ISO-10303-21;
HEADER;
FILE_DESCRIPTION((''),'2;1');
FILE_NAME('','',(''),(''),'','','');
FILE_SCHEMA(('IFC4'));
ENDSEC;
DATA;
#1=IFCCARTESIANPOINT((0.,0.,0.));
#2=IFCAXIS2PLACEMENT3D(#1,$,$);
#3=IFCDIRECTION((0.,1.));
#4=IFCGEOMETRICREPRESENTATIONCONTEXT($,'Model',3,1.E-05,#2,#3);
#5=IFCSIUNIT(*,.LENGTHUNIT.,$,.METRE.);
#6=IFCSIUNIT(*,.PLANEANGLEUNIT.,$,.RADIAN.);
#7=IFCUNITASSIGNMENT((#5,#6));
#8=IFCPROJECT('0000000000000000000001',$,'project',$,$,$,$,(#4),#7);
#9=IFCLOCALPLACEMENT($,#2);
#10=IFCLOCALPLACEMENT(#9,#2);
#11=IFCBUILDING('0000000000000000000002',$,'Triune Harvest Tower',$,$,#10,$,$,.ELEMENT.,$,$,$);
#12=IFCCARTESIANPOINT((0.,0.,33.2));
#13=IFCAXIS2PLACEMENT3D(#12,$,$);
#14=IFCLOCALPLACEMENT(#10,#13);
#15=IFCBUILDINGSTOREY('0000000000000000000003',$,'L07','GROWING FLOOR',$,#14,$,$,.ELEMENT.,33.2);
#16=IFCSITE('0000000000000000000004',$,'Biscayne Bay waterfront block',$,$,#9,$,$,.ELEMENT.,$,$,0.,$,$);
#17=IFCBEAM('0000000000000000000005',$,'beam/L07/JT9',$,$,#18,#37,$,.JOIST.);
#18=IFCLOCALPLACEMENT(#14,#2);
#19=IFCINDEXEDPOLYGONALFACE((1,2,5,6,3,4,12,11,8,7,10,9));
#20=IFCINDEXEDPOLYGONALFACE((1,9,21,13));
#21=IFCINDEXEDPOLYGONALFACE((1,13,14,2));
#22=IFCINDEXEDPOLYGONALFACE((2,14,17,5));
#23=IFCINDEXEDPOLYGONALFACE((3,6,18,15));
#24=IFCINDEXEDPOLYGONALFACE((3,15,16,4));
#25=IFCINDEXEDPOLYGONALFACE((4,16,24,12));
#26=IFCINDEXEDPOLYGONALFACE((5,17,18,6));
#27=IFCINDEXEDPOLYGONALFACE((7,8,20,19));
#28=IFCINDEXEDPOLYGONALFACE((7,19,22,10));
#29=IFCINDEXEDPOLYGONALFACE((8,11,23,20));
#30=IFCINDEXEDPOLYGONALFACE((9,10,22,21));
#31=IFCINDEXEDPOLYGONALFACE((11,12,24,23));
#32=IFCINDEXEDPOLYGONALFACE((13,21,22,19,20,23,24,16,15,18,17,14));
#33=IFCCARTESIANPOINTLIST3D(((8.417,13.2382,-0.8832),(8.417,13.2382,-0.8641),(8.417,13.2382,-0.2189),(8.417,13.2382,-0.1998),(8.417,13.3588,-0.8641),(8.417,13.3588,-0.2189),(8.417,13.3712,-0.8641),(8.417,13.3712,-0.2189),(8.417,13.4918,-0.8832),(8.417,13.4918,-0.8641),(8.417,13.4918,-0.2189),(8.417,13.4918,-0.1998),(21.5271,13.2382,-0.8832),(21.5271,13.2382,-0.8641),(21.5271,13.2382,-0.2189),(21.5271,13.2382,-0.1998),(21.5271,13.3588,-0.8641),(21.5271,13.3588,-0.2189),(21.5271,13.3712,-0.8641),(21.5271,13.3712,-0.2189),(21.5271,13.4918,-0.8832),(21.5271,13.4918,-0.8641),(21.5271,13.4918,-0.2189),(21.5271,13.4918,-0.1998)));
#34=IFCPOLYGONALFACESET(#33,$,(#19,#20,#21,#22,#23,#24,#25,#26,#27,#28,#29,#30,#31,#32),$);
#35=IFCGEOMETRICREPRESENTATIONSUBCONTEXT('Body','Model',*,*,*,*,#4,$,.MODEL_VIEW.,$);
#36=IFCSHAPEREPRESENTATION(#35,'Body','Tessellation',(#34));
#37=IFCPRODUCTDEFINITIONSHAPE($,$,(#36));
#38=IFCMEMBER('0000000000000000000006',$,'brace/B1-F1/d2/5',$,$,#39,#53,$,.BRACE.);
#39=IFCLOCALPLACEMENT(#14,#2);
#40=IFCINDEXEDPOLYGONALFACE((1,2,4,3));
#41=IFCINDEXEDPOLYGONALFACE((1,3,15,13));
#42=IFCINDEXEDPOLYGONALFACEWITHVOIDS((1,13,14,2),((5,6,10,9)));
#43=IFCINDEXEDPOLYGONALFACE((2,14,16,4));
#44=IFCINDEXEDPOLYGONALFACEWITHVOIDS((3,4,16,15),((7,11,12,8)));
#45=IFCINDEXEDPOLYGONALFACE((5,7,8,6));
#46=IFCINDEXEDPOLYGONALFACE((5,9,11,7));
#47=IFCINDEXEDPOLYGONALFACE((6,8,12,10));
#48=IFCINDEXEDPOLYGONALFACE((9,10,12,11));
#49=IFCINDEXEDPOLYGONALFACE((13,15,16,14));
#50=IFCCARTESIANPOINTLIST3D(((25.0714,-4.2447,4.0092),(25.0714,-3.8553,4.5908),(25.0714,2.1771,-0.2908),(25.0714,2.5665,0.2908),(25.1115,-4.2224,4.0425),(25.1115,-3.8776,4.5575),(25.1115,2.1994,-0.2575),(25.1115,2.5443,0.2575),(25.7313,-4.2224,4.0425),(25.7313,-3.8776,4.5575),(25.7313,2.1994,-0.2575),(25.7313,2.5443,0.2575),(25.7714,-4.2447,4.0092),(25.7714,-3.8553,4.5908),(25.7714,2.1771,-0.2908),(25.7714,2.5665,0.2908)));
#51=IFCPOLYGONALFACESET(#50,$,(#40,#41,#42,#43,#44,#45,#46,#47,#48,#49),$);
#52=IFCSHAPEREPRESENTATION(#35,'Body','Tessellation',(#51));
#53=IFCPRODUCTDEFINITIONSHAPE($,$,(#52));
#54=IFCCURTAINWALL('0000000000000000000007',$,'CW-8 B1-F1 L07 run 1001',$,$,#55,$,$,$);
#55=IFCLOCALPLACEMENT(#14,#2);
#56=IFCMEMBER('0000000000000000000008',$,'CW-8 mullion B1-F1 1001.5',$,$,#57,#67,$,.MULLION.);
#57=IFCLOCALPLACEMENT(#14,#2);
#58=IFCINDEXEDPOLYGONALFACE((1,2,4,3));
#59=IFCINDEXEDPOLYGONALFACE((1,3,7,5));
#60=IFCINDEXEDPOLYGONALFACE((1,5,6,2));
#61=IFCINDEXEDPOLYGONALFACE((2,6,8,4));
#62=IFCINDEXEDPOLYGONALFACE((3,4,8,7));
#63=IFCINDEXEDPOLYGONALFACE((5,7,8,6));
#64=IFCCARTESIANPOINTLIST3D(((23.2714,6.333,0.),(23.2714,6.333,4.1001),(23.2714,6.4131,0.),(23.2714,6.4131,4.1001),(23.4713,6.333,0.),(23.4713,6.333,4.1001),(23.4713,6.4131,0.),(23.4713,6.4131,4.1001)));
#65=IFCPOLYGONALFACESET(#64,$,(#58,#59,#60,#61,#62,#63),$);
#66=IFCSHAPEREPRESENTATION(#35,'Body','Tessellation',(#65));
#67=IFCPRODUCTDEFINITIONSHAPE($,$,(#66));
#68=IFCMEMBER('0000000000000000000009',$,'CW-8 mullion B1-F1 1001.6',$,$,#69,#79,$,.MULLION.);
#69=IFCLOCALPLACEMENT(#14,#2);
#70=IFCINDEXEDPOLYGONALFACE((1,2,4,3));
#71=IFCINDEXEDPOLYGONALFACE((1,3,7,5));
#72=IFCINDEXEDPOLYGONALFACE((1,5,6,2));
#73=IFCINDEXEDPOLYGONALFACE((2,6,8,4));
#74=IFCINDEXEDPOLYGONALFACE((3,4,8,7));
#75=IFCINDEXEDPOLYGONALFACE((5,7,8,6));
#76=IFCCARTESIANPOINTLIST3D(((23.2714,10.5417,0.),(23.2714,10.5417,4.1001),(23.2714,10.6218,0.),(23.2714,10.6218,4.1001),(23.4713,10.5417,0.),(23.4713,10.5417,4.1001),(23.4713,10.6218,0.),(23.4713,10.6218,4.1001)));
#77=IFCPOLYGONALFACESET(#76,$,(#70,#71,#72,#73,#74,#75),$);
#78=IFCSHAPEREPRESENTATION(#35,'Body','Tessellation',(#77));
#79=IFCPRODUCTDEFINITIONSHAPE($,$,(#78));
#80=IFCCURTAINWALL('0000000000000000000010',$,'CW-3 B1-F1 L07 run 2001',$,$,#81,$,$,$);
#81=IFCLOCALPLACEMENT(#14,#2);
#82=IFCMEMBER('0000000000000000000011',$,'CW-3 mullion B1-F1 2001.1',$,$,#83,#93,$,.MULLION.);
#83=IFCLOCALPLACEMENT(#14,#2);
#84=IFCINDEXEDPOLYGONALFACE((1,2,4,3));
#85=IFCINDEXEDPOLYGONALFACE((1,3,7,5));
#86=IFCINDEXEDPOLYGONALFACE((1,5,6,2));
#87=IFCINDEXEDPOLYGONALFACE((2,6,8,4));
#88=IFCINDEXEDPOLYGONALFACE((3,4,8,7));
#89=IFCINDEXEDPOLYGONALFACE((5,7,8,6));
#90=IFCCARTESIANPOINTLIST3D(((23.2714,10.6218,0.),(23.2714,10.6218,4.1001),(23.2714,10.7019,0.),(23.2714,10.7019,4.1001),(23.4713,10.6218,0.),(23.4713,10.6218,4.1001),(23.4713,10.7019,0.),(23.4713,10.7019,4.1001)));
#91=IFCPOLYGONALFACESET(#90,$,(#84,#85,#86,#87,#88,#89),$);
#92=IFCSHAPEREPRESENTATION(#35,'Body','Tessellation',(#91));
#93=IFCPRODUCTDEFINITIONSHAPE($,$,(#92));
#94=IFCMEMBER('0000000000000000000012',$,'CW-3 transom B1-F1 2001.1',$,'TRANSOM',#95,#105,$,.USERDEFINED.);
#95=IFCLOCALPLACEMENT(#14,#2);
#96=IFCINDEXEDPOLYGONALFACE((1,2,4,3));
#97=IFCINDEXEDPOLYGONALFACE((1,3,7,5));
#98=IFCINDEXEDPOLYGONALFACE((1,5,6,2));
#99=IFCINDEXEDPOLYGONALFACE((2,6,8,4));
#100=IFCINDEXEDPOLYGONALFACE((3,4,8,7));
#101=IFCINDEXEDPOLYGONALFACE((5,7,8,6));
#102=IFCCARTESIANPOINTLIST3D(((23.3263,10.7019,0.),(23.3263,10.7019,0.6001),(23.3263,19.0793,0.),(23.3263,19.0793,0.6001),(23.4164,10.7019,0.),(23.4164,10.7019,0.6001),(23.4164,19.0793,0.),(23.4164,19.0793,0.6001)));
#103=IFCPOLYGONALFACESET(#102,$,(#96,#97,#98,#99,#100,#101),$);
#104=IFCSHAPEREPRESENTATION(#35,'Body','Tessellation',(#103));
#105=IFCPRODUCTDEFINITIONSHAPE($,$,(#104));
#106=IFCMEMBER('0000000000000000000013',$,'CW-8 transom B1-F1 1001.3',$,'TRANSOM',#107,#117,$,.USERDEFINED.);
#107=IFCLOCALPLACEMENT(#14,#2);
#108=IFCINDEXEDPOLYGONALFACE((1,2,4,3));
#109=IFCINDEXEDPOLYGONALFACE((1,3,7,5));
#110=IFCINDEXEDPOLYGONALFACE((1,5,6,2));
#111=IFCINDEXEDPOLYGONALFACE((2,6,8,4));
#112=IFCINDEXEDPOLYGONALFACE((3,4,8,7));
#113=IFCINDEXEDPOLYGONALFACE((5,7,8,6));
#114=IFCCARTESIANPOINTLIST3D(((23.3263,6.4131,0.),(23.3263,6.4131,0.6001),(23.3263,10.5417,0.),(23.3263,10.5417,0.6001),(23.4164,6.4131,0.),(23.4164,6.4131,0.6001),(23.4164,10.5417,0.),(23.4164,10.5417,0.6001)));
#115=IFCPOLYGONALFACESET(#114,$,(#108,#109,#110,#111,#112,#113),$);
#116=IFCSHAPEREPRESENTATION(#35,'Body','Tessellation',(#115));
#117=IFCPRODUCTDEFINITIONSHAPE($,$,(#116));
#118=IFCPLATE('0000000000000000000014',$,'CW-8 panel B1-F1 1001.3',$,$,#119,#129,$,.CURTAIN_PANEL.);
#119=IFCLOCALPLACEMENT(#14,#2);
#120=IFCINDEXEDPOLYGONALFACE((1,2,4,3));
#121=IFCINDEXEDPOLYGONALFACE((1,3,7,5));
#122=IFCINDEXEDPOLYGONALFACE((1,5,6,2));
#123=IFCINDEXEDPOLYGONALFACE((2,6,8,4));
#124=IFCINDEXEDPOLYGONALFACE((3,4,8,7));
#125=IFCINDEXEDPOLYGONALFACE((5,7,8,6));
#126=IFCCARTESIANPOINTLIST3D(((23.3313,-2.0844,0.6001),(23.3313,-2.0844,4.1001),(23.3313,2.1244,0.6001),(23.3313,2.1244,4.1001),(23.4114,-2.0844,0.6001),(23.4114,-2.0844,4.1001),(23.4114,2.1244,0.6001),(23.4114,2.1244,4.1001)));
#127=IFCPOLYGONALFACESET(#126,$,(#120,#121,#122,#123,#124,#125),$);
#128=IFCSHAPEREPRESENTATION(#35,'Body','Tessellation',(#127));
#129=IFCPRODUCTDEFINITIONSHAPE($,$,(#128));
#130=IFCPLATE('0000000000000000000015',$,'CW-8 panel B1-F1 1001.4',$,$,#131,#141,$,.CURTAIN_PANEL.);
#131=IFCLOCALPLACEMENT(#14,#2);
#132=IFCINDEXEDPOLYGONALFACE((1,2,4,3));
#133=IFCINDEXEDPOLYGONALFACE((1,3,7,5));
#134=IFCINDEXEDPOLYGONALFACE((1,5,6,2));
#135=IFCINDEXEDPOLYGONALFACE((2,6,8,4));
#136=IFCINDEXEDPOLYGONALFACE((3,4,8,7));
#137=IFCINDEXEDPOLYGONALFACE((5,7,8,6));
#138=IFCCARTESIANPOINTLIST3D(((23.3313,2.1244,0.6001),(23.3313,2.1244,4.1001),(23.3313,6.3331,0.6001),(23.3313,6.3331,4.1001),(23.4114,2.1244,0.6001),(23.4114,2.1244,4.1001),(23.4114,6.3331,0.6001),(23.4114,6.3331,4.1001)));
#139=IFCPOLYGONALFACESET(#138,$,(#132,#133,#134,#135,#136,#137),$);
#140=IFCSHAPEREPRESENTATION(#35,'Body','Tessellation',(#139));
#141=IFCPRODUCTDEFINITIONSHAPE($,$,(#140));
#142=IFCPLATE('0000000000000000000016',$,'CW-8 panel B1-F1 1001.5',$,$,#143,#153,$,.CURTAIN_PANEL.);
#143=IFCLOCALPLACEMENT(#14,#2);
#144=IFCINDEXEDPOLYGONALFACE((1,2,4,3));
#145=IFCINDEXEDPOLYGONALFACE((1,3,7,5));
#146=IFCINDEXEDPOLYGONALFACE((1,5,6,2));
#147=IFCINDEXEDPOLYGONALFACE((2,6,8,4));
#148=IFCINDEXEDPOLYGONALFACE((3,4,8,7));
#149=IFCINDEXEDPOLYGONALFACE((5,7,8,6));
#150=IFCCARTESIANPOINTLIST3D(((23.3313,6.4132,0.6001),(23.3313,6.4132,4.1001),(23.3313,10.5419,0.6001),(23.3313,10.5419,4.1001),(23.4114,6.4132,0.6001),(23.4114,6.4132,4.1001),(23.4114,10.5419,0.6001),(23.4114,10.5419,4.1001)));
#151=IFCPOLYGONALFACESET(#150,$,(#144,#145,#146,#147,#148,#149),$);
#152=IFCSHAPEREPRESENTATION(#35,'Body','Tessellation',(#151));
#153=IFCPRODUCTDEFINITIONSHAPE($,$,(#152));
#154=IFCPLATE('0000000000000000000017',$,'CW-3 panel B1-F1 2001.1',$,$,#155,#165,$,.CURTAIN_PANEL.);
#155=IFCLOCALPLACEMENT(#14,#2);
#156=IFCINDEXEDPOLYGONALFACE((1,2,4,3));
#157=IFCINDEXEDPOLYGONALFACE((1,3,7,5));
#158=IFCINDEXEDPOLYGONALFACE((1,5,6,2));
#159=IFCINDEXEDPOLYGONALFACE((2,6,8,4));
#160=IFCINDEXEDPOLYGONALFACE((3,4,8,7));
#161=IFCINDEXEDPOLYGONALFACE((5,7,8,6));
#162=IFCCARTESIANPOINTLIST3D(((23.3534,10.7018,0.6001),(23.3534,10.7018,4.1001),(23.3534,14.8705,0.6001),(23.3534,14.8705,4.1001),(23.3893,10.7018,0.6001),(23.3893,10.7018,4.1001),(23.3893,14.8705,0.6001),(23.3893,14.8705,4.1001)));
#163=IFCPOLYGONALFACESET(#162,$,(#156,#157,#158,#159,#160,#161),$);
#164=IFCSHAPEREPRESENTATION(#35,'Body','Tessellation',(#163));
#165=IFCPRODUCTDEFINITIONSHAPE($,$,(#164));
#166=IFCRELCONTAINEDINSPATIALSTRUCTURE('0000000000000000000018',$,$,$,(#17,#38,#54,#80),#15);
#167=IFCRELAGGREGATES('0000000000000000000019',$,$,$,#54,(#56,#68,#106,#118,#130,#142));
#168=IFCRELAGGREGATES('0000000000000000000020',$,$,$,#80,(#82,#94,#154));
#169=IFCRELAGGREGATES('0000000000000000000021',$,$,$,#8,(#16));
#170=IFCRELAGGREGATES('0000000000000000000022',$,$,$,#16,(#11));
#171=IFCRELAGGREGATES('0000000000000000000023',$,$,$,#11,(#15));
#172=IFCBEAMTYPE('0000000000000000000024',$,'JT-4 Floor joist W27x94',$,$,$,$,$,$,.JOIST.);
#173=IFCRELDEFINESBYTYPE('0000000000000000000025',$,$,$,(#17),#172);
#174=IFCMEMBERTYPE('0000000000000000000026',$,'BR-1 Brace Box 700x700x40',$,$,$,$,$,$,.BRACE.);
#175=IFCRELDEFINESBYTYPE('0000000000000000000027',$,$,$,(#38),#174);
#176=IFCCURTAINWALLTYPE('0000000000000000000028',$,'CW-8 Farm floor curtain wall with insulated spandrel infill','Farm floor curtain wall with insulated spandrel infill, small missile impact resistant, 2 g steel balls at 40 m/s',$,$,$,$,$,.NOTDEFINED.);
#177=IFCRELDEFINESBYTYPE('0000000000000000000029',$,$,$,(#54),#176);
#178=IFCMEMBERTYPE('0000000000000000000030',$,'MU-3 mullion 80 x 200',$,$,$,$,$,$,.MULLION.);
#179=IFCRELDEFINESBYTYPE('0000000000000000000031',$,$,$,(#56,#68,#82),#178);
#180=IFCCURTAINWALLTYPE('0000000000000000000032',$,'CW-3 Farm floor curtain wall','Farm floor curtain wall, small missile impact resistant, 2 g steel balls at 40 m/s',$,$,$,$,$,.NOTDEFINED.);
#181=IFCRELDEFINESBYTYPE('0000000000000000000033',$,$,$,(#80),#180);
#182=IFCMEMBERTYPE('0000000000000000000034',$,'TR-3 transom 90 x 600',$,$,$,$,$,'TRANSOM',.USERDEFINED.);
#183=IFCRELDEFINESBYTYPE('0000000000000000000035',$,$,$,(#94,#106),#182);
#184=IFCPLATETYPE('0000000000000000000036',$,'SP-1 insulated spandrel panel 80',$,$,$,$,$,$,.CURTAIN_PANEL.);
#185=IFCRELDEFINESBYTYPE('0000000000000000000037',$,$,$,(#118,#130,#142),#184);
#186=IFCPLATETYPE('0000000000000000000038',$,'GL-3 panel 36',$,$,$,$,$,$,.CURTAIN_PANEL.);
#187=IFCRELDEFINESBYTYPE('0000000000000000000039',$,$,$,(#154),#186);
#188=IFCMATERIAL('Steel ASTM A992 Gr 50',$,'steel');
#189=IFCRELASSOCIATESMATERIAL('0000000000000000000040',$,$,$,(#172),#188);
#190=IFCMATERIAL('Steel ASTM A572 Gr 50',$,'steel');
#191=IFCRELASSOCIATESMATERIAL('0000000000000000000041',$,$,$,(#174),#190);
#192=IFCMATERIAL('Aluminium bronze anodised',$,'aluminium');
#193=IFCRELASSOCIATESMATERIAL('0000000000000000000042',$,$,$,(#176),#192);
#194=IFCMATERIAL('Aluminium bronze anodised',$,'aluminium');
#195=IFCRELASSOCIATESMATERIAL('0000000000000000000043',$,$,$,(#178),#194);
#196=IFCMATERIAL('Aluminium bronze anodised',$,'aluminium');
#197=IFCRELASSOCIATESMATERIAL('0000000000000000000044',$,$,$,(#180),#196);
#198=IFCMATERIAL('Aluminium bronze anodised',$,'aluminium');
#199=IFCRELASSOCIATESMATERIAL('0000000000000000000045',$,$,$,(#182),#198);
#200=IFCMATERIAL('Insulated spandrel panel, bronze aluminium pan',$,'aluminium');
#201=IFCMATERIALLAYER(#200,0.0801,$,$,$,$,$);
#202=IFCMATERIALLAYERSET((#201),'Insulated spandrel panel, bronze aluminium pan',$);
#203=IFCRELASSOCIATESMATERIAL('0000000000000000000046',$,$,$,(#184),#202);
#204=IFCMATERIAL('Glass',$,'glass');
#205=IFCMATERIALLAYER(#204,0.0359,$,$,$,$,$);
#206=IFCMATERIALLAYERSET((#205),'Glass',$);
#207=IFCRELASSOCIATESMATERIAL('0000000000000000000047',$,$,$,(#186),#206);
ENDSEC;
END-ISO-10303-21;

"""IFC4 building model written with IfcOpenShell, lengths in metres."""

from ifc_helpers import new_model, si_unit, direction, frame, origin, origin_2d, place, context, subcontext, project, spatial, rectangle, hollow_rectangle, i_section, extrude, source, transform, mapped, material, layer, layer_set, material_profile, profile_set, type_object, element, aggregate, save


model = new_model("IFC4")

# Units and contexts
model_context = context("Model", 3, precision=1e-05, world=origin(), true_north=direction((0.0, 1.0)))
body_context = subcontext(model_context, "Body", "Model", "MODEL_VIEW")
ifc_project = project(units=[si_unit("LENGTHUNIT", "METRE"), si_unit("PLANEANGLEUNIT", "RADIAN")], contexts=[model_context])

# Site, building, storey
site_placement = place(None, origin())
site = spatial("IfcSite", under=ifc_project, at=site_placement, Name="Biscayne Bay waterfront block", CompositionType="ELEMENT", RefElevation=0.0)
building_placement = place(site_placement, origin())
building = spatial("IfcBuilding", under=site, at=building_placement, Name="Triune Harvest Tower", CompositionType="ELEMENT")
storey_placement = place(building_placement, frame((0.0, 0.0, 33.2)))
storey = spatial("IfcBuildingStorey", under=building, at=storey_placement, Name="L07", Description="GROWING FLOOR", CompositionType="ELEMENT", Elevation=33.2)

# Beam
ifc_material_1 = material(Name="Steel ASTM A992 Gr 50", Category="steel")
ifc_material_profile_1 = material_profile(ifc_material_1, i_section(OverallWidth=0.2537, OverallDepth=0.6833, WebThickness=0.0125, FlangeThickness=0.019, at=origin_2d()), Name="W27x94")
ifc_profile_set_1 = profile_set([ifc_material_profile_1], Name="Steel ASTM A992 Gr 50")
beam_type_1 = type_object("IfcBeamType", Name="JT-4 Floor joist W27x94", PredefinedType="JOIST", material=ifc_profile_set_1)
shared_shape_1 = source(origin(), body_context, "Body", "SweptSolid", [
    extrude(i_section(OverallWidth=0.2537, OverallDepth=0.6833, WebThickness=0.0125, FlangeThickness=0.019, at=origin_2d()), origin(), (0.0, 0.0, 1.0), 13.1101),
])
beam_1_placement = place(storey_placement, frame((21.5271, 13.365, -0.5415), z_axis=(-1.0, 0.0, 0.0), x_axis=(0.0, -1.0, 0.0)))
element("IfcBeam", 1, at=beam_1_placement, inside=storey, type_object=beam_type_1, Name="beam/L07/JT9", PredefinedType="JOIST", context=body_context, shape_type="MappedRepresentation", body=[
    mapped(shared_shape_1, transform((0.0, 0.0, 0.0), scale=1.0)),
])

# Member
ifc_material_2 = material(Name="Steel ASTM A572 Gr 50", Category="steel")
ifc_material_profile_2 = material_profile(ifc_material_2, hollow_rectangle(XDim=0.7, YDim=0.7, WallThickness=0.04, at=origin_2d()), Name="Box 700x700x40")
ifc_profile_set_2 = profile_set([ifc_material_profile_2], Name="Steel ASTM A572 Gr 50")
member_type_1 = type_object("IfcMemberType", Name="BR-1 Brace Box 700x700x40", PredefinedType="BRACE", material=ifc_profile_set_2)
shared_shape_2 = source(origin(), body_context, "Body", "SweptSolid", [
    extrude(hollow_rectangle(XDim=0.7, YDim=0.7, WallThickness=0.04, at=origin_2d()), origin(), (0.0, 0.0, 1.0), 7.7285),
])
member_1_placement = place(storey_placement, frame((25.4214, 2.3718, 0.0), z_axis=(0.0, -0.830926, 0.556383), x_axis=(1.0, 0.0, 0.0)))
element("IfcMember", 2, at=member_1_placement, inside=storey, type_object=member_type_1, Name="brace/B1-F1/d2/5", PredefinedType="BRACE", context=body_context, shape_type="MappedRepresentation", body=[
    mapped(shared_shape_2, transform((0.0, 0.0, 0.0), scale=1.0)),
])

# Curtain walls, members
ifc_material_3 = material(Name="Aluminium bronze anodised", Category="aluminium")
curtain_wall_type_1 = type_object("IfcCurtainWallType", Name="CW-8 Farm floor curtain wall with insulated spandrel infill", Description="Farm floor curtain wall with insulated spandrel infill, small missile impact resistant, 2 g steel balls at 40 m/s", PredefinedType="NOTDEFINED", material=ifc_material_3)
curtain_wall_1_placement = place(storey_placement, origin())
curtain_wall_1 = element("IfcCurtainWall", 3, at=curtain_wall_1_placement, inside=storey, type_object=curtain_wall_type_1, Name="CW-8 B1-F1 L07 run 1001")
ifc_material_4 = material(Name="Aluminium bronze anodised", Category="aluminium")
ifc_material_profile_3 = material_profile(ifc_material_4, rectangle(XDim=0.2, YDim=0.0801, at=origin_2d()), Name="MU-3 mullion 80 x 200")
ifc_profile_set_3 = profile_set([ifc_material_profile_3], Name="Aluminium bronze anodised")
member_type_2 = type_object("IfcMemberType", Name="MU-3 mullion 80 x 200", PredefinedType="MULLION", material=ifc_profile_set_3)
shared_shape_3 = source(origin(), body_context, "Body", "SweptSolid", [
    extrude(rectangle(XDim=0.2, YDim=0.0801, at=origin_2d()), origin(), (0.0, 0.0, 1.0), 4.1001),
])
member_2_placement = place(storey_placement, frame((23.3713, 6.373, 0.0), z_axis=(0.0, 0.0, 1.0), x_axis=(-1.0, 0.0, 0.0)))
member_2 = element("IfcMember", 4, at=member_2_placement, type_object=member_type_2, Name="CW-8 mullion B1-F1 1001.5", PredefinedType="MULLION", context=body_context, shape_type="MappedRepresentation", body=[
    mapped(shared_shape_3, transform((0.0, 0.0, 0.0), scale=1.0)),
])
member_3_placement = place(storey_placement, frame((23.3713, 10.5818, 0.0), z_axis=(0.0, 0.0, 1.0), x_axis=(-1.0, 0.0, 0.0)))
member_3 = element("IfcMember", 5, at=member_3_placement, type_object=member_type_2, Name="CW-8 mullion B1-F1 1001.6", PredefinedType="MULLION", context=body_context, shape_type="MappedRepresentation", body=[
    mapped(shared_shape_3, transform((0.0, 0.0, 0.0), scale=1.0)),
])
ifc_material_5 = material(Name="Aluminium bronze anodised", Category="aluminium")
curtain_wall_type_2 = type_object("IfcCurtainWallType", Name="CW-3 Farm floor curtain wall", Description="Farm floor curtain wall, small missile impact resistant, 2 g steel balls at 40 m/s", PredefinedType="NOTDEFINED", material=ifc_material_5)
curtain_wall_2_placement = place(storey_placement, origin())
curtain_wall_2 = element("IfcCurtainWall", 6, at=curtain_wall_2_placement, inside=storey, type_object=curtain_wall_type_2, Name="CW-3 B1-F1 L07 run 2001")
member_4_placement = place(storey_placement, frame((23.3713, 10.6619, 0.0), z_axis=(0.0, 0.0, 1.0), x_axis=(-1.0, 0.0, 0.0)))
member_4 = element("IfcMember", 7, at=member_4_placement, type_object=member_type_2, Name="CW-3 mullion B1-F1 2001.1", PredefinedType="MULLION", context=body_context, shape_type="MappedRepresentation", body=[
    mapped(shared_shape_3, transform((0.0, 0.0, 0.0), scale=1.0)),
])
ifc_material_6 = material(Name="Aluminium bronze anodised", Category="aluminium")
ifc_material_profile_4 = material_profile(ifc_material_6, rectangle(XDim=0.0901, YDim=0.6001, at=origin_2d()), Name="TR-3 transom 90 x 600")
ifc_profile_set_4 = profile_set([ifc_material_profile_4], Name="Aluminium bronze anodised")
member_type_3 = type_object("IfcMemberType", Name="TR-3 transom 90 x 600", ElementType="TRANSOM", PredefinedType="USERDEFINED", material=ifc_profile_set_4)
shared_shape_4 = source(origin(), body_context, "Body", "SweptSolid", [
    extrude(rectangle(XDim=0.0901, YDim=0.6001, at=origin_2d()), origin(), (0.0, 0.0, 1.0), 8.3774),
])
member_5_placement = place(storey_placement, frame((23.3713, 10.7019, 0.3), z_axis=(0.0, 1.0, 0.0), x_axis=(-1.0, 0.0, 0.0)))
member_5 = element("IfcMember", 8, at=member_5_placement, type_object=member_type_3, Name="CW-3 transom B1-F1 2001.1", ObjectType="TRANSOM", PredefinedType="USERDEFINED", context=body_context, shape_type="MappedRepresentation", body=[
    mapped(shared_shape_4, transform((0.0, 0.0, 0.0), scale=1.0)),
])

# Member
shared_shape_5 = source(origin(), body_context, "Body", "SweptSolid", [
    extrude(rectangle(XDim=0.0901, YDim=0.6001, at=origin_2d()), origin(), (0.0, 0.0, 1.0), 4.1287),
])
member_6_placement = place(storey_placement, frame((23.3713, 6.4131, 0.3), z_axis=(0.0, 1.0, 0.0), x_axis=(-1.0, 0.0, 0.0)))
member_6 = element("IfcMember", 9, at=member_6_placement, type_object=member_type_3, Name="CW-8 transom B1-F1 1001.3", ObjectType="TRANSOM", PredefinedType="USERDEFINED", context=body_context, shape_type="MappedRepresentation", body=[
    mapped(shared_shape_5, transform((0.0, 0.0, 0.0), scale=1.0)),
])

# Plates
ifc_material_7 = material(Name="Insulated spandrel panel, bronze aluminium pan", Category="aluminium")
ifc_layer_1 = layer(ifc_material_7, 0.0801)
ifc_layer_set_1 = layer_set([ifc_layer_1], Name="Insulated spandrel panel, bronze aluminium pan")
plate_type_1 = type_object("IfcPlateType", Name="SP-1 insulated spandrel panel 80", PredefinedType="CURTAIN_PANEL", material=ifc_layer_set_1)
shared_shape_6 = source(origin(), body_context, "Body", "SweptSolid", [
    extrude(rectangle(XDim=4.2087, YDim=0.0801, at=origin_2d()), origin(), (0.0, 0.0, 1.0), 3.5),
])
plate_1_placement = place(storey_placement, frame((23.3713, 0.02, 0.6001), z_axis=(0.0, 0.0, 1.0), x_axis=(0.0, 1.0, 0.0)))
plate_1 = element("IfcPlate", 10, at=plate_1_placement, type_object=plate_type_1, Name="CW-8 panel B1-F1 1001.3", PredefinedType="CURTAIN_PANEL", context=body_context, shape_type="MappedRepresentation", body=[
    mapped(shared_shape_6, transform((0.0, 0.0, 0.0), scale=1.0)),
])
plate_2_placement = place(storey_placement, frame((23.3713, 4.2288, 0.6001), z_axis=(0.0, 0.0, 1.0), x_axis=(0.0, 1.0, 0.0)))
plate_2 = element("IfcPlate", 11, at=plate_2_placement, type_object=plate_type_1, Name="CW-8 panel B1-F1 1001.4", PredefinedType="CURTAIN_PANEL", context=body_context, shape_type="MappedRepresentation", body=[
    mapped(shared_shape_6, transform((0.0, 0.0, 0.0), scale=1.0)),
])
shared_shape_7 = source(origin(), body_context, "Body", "SweptSolid", [
    extrude(rectangle(XDim=4.1287, YDim=0.0801, at=origin_2d()), origin(), (0.0, 0.0, 1.0), 3.5),
])
plate_3_placement = place(storey_placement, frame((23.3713, 8.4775, 0.6001), z_axis=(0.0, 0.0, 1.0), x_axis=(0.0, 1.0, 0.0)))
plate_3 = element("IfcPlate", 12, at=plate_3_placement, type_object=plate_type_1, Name="CW-8 panel B1-F1 1001.5", PredefinedType="CURTAIN_PANEL", context=body_context, shape_type="MappedRepresentation", body=[
    mapped(shared_shape_7, transform((0.0, 0.0, 0.0), scale=1.0)),
])
aggregate(curtain_wall_1, [member_2, member_3, member_6, plate_1, plate_2, plate_3])
ifc_material_8 = material(Name="Glass", Category="glass")
ifc_layer_2 = layer(ifc_material_8, 0.0359)
ifc_layer_set_2 = layer_set([ifc_layer_2], Name="Glass")
plate_type_2 = type_object("IfcPlateType", Name="GL-3 panel 36", PredefinedType="CURTAIN_PANEL", material=ifc_layer_set_2)
shared_shape_8 = source(origin(), body_context, "Body", "SweptSolid", [
    extrude(rectangle(XDim=4.1687, YDim=0.0359, at=origin_2d()), origin(), (0.0, 0.0, 1.0), 3.5),
])
plate_4_placement = place(storey_placement, frame((23.3713, 12.7861, 0.6001), z_axis=(0.0, 0.0, 1.0), x_axis=(0.0, 1.0, 0.0)))
plate_4 = element("IfcPlate", 13, at=plate_4_placement, type_object=plate_type_2, Name="CW-3 panel B1-F1 2001.1", PredefinedType="CURTAIN_PANEL", context=body_context, shape_type="MappedRepresentation", body=[
    mapped(shared_shape_8, transform((0.0, 0.0, 0.0), scale=1.0)),
])
aggregate(curtain_wall_2, [member_4, member_5, plate_4])

save(model, "model.ifc")
